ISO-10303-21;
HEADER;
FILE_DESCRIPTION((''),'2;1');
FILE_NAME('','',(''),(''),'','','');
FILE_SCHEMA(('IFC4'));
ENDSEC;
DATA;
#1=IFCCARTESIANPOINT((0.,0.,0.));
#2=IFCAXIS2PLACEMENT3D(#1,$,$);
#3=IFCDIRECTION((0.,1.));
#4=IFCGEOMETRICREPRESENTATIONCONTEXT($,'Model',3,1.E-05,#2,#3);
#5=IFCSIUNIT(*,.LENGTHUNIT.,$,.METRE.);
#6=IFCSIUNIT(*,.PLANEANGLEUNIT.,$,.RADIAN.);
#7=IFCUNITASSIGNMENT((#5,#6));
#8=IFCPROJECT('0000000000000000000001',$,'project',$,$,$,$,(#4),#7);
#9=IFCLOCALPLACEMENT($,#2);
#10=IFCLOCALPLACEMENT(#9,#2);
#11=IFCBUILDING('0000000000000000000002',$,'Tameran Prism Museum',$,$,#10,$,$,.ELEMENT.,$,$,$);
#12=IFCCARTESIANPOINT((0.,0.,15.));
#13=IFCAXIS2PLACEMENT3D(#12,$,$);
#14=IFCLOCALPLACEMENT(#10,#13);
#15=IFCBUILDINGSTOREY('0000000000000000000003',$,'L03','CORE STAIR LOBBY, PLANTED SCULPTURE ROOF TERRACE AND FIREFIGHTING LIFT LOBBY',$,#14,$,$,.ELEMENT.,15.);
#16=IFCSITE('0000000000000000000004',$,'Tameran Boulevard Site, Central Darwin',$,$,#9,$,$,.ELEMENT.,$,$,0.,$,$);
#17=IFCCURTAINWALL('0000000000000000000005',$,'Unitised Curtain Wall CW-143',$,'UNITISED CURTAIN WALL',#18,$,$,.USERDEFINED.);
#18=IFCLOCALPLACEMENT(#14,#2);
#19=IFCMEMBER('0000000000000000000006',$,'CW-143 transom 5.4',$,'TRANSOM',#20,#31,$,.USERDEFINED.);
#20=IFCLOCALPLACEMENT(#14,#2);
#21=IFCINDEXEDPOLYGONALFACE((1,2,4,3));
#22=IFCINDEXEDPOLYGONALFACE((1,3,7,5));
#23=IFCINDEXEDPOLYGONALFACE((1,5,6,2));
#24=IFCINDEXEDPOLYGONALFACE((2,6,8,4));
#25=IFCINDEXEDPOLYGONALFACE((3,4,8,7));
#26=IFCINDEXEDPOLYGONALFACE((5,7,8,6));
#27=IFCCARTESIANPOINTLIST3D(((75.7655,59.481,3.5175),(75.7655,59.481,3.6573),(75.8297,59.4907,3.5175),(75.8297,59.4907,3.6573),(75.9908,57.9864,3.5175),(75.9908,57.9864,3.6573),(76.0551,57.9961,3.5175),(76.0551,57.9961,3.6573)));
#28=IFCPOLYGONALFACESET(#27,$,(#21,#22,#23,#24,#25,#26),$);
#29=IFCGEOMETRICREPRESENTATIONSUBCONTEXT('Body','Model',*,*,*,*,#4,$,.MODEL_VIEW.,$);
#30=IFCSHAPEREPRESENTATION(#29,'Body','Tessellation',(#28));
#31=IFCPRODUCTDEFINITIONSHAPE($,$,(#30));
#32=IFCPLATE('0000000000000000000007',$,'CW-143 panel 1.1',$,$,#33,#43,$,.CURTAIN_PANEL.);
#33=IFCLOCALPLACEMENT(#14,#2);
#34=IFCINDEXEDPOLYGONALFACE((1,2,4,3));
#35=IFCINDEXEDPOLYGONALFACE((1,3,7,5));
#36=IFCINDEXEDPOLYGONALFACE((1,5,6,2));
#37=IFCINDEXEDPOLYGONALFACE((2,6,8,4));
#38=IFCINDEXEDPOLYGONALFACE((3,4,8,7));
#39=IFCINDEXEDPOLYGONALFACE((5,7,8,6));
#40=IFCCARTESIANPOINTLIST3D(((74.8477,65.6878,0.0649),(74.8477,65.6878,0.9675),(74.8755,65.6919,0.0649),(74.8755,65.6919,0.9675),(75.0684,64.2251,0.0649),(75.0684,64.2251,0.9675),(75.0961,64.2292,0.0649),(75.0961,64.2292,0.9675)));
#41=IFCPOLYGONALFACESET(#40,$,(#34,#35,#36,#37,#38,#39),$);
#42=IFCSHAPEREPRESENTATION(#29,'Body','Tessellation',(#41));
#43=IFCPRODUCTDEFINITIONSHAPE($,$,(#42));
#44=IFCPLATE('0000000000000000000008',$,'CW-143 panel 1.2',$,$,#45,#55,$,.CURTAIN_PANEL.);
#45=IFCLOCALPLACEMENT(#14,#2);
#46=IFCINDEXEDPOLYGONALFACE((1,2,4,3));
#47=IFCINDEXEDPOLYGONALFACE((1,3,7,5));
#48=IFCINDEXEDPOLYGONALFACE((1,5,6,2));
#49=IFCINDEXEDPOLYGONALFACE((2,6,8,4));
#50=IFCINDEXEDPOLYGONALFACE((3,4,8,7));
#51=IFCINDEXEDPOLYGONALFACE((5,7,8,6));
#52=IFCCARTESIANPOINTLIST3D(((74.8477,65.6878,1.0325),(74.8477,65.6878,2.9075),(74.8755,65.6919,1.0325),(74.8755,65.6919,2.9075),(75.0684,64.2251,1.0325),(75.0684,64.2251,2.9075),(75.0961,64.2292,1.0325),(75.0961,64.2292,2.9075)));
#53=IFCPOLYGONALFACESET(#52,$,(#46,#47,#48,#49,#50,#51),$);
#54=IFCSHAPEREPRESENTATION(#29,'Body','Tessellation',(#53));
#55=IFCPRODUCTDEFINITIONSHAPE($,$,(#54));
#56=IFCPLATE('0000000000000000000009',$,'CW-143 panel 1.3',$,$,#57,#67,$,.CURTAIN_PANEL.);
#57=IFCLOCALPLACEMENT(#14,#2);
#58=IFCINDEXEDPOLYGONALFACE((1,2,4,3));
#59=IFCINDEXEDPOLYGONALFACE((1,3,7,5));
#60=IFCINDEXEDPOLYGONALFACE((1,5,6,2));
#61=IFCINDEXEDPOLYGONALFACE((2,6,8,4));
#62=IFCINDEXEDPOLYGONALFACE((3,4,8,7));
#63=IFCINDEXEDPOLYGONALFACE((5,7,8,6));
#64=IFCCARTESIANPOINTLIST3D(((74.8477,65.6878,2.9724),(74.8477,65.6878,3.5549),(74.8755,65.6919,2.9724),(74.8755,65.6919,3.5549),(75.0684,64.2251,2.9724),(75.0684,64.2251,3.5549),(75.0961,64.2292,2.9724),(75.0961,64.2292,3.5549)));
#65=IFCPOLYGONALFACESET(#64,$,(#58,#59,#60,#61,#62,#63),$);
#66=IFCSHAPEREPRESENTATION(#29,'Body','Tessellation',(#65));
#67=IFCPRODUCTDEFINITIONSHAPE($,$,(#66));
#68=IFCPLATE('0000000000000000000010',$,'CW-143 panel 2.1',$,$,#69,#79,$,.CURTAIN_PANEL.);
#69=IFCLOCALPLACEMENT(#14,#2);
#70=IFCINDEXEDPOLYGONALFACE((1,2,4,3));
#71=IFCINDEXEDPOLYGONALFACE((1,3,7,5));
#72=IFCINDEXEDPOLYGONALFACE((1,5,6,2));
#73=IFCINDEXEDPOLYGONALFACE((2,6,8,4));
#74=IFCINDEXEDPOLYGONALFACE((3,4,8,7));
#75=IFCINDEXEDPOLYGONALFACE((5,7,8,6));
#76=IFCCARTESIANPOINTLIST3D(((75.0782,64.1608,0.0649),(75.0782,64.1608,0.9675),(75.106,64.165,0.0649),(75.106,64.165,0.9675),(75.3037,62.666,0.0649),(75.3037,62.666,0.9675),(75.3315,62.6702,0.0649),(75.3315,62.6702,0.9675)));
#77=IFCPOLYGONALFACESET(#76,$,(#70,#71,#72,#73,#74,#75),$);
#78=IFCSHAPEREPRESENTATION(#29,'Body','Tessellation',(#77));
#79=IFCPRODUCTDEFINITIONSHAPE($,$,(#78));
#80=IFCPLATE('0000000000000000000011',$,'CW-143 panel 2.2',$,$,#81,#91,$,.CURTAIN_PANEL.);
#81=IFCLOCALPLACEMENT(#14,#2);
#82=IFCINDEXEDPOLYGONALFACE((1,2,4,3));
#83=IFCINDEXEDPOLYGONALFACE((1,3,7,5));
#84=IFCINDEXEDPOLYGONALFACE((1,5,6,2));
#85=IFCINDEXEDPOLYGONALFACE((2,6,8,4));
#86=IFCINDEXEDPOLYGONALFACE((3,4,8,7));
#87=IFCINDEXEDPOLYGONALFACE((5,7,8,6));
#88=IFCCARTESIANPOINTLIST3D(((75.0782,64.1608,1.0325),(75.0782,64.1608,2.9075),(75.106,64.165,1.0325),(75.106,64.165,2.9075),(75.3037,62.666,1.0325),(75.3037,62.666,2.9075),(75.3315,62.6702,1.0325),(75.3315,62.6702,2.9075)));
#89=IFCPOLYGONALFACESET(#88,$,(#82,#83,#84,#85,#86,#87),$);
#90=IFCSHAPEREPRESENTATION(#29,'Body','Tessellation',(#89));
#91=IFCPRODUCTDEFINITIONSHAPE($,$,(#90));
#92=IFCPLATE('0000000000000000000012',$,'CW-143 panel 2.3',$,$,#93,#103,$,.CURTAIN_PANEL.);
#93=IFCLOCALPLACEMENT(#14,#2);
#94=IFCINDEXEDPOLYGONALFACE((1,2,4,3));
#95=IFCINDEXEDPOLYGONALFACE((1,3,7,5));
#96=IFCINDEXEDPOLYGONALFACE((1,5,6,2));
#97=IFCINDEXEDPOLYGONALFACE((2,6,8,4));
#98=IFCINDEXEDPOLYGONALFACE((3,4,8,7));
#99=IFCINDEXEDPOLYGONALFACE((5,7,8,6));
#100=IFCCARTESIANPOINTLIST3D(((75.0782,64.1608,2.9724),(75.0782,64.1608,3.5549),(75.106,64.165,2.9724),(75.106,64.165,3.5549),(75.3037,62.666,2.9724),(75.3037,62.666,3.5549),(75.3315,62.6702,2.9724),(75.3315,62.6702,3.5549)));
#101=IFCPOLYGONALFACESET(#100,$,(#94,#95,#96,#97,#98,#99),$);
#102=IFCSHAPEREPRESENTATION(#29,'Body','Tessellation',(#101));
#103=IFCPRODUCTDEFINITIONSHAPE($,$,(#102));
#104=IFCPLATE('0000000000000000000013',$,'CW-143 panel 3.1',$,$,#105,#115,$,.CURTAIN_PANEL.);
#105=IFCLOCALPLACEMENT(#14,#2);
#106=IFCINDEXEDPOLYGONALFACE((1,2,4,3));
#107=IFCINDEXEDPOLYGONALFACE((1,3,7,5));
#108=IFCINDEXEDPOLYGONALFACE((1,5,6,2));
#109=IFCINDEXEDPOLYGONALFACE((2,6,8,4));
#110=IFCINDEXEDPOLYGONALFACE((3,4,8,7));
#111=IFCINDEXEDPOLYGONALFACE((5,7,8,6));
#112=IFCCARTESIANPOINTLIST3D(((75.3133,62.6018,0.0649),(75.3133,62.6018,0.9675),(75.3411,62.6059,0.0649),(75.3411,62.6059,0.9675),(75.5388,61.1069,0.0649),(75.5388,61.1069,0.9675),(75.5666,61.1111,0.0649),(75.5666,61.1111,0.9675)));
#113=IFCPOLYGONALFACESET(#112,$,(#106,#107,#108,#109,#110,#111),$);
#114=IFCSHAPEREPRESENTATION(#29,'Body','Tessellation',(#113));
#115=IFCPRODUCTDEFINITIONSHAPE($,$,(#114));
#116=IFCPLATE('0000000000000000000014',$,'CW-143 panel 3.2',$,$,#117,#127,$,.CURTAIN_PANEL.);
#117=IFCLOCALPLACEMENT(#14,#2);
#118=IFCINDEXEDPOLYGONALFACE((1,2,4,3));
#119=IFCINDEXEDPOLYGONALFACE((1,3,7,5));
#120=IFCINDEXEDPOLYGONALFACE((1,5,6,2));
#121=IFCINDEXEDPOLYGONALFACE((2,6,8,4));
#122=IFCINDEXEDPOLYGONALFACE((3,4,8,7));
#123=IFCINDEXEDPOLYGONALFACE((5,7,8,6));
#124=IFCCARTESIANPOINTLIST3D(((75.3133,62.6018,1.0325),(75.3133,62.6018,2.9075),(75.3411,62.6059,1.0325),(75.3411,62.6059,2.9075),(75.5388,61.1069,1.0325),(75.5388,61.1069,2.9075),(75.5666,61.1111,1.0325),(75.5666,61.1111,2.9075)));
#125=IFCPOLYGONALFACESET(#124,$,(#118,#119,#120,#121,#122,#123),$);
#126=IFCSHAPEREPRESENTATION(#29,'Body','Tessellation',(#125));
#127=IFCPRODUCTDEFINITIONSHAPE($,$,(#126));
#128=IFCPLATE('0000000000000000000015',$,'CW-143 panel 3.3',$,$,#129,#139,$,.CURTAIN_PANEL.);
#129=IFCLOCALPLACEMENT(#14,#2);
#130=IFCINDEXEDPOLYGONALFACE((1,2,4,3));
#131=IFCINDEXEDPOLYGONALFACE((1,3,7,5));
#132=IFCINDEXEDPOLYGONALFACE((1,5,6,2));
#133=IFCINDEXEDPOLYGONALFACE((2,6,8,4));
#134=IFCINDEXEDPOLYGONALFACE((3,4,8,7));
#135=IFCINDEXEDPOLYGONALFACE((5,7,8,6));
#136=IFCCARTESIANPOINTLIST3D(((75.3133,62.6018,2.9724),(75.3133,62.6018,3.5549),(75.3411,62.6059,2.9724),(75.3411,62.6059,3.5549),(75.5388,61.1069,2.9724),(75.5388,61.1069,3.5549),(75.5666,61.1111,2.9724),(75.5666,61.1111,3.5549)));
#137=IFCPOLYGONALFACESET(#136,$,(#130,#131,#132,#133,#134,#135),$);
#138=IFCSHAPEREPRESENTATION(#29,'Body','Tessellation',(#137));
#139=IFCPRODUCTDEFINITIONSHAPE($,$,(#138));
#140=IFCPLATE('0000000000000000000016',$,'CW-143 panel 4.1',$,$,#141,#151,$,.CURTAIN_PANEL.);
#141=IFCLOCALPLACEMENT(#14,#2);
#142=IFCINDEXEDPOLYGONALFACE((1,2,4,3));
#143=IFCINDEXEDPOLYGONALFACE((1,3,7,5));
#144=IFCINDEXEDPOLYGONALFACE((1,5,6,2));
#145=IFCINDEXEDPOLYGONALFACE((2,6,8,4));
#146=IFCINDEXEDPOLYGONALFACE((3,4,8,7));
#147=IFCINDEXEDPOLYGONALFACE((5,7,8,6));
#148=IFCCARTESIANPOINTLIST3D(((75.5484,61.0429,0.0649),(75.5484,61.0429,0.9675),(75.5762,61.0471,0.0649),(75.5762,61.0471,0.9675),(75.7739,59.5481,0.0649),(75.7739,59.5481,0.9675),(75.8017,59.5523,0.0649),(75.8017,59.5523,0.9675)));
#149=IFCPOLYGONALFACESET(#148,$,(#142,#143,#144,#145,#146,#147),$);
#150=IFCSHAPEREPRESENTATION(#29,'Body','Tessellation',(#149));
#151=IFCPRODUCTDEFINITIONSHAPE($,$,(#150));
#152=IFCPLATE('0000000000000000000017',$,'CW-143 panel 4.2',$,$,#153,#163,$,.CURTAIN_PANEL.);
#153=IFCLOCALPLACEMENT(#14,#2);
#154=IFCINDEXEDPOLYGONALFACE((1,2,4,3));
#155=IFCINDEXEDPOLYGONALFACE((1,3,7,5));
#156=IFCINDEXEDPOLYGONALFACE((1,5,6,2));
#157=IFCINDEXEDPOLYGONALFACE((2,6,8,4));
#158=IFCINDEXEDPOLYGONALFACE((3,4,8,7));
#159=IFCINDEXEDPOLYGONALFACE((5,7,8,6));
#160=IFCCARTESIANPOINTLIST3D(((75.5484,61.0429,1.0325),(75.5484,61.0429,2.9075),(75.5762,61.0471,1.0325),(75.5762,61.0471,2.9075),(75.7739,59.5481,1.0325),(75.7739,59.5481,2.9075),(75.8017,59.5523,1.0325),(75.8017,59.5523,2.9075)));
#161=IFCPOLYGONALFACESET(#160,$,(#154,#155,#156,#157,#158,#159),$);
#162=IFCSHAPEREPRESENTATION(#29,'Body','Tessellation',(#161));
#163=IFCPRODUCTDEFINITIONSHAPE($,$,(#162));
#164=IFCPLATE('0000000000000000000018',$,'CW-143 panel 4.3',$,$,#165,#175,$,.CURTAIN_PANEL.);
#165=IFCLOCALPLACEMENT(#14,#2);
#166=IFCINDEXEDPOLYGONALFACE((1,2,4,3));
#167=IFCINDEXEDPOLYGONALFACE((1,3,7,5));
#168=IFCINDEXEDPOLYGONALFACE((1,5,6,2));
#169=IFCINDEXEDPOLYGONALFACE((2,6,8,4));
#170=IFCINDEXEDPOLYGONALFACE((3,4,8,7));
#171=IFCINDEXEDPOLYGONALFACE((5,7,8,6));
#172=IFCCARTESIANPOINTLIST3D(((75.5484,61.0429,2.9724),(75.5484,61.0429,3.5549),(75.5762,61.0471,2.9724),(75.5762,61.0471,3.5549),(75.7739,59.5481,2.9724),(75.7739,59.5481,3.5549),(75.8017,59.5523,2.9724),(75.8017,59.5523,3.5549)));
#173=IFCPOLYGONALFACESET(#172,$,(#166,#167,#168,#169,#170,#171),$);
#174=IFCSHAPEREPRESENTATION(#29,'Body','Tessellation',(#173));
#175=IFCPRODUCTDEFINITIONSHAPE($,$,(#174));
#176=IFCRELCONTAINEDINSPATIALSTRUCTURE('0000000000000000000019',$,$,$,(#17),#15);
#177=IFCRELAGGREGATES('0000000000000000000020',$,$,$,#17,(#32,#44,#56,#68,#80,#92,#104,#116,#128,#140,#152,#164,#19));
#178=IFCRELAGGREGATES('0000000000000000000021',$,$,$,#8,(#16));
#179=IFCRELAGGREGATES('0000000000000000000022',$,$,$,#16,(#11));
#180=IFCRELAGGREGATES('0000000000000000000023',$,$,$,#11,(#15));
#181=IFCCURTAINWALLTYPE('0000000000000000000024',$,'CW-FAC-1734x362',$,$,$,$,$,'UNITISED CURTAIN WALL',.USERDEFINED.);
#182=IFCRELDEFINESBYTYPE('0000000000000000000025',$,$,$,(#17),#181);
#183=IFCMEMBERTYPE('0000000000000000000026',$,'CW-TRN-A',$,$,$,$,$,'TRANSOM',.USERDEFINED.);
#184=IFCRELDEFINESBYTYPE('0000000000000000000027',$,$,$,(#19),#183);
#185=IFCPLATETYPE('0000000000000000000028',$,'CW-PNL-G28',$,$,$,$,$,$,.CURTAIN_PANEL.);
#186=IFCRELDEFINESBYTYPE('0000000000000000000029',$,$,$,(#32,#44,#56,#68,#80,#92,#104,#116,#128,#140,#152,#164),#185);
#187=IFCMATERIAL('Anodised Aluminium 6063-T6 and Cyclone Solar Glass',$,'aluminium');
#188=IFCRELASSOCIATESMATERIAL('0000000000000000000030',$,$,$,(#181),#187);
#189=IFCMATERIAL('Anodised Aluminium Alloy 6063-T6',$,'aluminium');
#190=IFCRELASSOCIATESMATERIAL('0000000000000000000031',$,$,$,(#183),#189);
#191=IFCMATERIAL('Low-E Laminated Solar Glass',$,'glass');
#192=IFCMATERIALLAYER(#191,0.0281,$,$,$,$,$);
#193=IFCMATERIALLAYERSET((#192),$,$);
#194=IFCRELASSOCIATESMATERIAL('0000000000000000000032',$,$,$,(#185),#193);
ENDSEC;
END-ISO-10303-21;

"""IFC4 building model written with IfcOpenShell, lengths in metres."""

from ifc_helpers import new_model, si_unit, direction, frame, origin, origin_2d, place, context, subcontext, project, spatial, rectangle, extrude, material, layer, layer_set, material_profile, profile_set, type_object, element, aggregate, save


model = new_model("IFC4")

# Units and contexts
model_context = context("Model", 3, precision=1e-05, world=origin(), true_north=direction((0.0, 1.0)))
body_context = subcontext(model_context, "Body", "Model", "MODEL_VIEW")
ifc_project = project(units=[si_unit("LENGTHUNIT", "METRE"), si_unit("PLANEANGLEUNIT", "RADIAN")], contexts=[model_context])

# Site, building, storey
site_placement = place(None, origin())
site = spatial("IfcSite", under=ifc_project, at=site_placement, Name="Tameran Boulevard Site, Central Darwin", CompositionType="ELEMENT", RefElevation=0.0)
building_placement = place(site_placement, origin())
building = spatial("IfcBuilding", under=site, at=building_placement, Name="Tameran Prism Museum", CompositionType="ELEMENT")
storey_placement = place(building_placement, frame((0.0, 0.0, 15.0)))
storey = spatial("IfcBuildingStorey", under=building, at=storey_placement, Name="L03", Description="CORE STAIR LOBBY, PLANTED SCULPTURE ROOF TERRACE AND FIREFIGHTING LIFT LOBBY", CompositionType="ELEMENT", Elevation=15.0)

# Curtain wall, member, plates
ifc_material_1 = material(Name="Anodised Aluminium 6063-T6 and Cyclone Solar Glass", Category="aluminium")
curtain_wall_type = type_object("IfcCurtainWallType", Name="CW-FAC-1734x362", ElementType="UNITISED CURTAIN WALL", PredefinedType="USERDEFINED", material=ifc_material_1)
curtain_wall_placement = place(storey_placement, origin())
curtain_wall = element("IfcCurtainWall", 1, at=curtain_wall_placement, inside=storey, type_object=curtain_wall_type, Name="Unitised Curtain Wall CW-143", ObjectType="UNITISED CURTAIN WALL", PredefinedType="USERDEFINED")
ifc_material_2 = material(Name="Anodised Aluminium Alloy 6063-T6", Category="aluminium")
ifc_material_profile_1 = material_profile(ifc_material_2, rectangle(XDim=0.0649, YDim=0.1399, at=origin_2d()))
ifc_profile_set_1 = profile_set([ifc_material_profile_1])
member_type_1 = type_object("IfcMemberType", Name="CW-TRN-A", ElementType="TRANSOM", PredefinedType="USERDEFINED", material=ifc_profile_set_1)
member_1_placement = place(storey_placement, frame((75.7976, 59.4858, 3.5874), z_axis=(0.149083, -0.988825, 0.0), x_axis=(0.988825, 0.149083, 0.0)))
member_1 = element("IfcMember", 2, at=member_1_placement, type_object=member_type_1, Name="CW-143 transom 5.4", ObjectType="TRANSOM", PredefinedType="USERDEFINED", context=body_context, shape_type="SweptSolid", body=[
    extrude(rectangle(XDim=0.0649, YDim=0.1399, at=origin_2d()), origin(), (0.0, 0.0, 1.0), 1.5115),
])
ifc_material_3 = material(Name="Low-E Laminated Solar Glass", Category="glass")
ifc_layer_1 = layer(ifc_material_3, 0.0281)
ifc_layer_set_1 = layer_set([ifc_layer_1])
plate_type = type_object("IfcPlateType", Name="CW-PNL-G28", PredefinedType="CURTAIN_PANEL", material=ifc_layer_set_1)
plate_1_placement = place(storey_placement, frame((74.9719, 64.9585, 0.0649), z_axis=(0.0, 0.0, 1.0), x_axis=(0.149167, -0.988812, 0.0)))
plate_1 = element("IfcPlate", 3, at=plate_1_placement, type_object=plate_type, Name="CW-143 panel 1.1", PredefinedType="CURTAIN_PANEL", context=body_context, shape_type="SweptSolid", body=[
    extrude(rectangle(XDim=1.4792, YDim=0.0281, at=origin_2d()), origin(), (0.0, 0.0, 1.0), 0.9026),
])
plate_2_placement = place(storey_placement, frame((74.9719, 64.9585, 1.0325), z_axis=(0.0, 0.0, 1.0), x_axis=(0.149167, -0.988812, 0.0)))
plate_2 = element("IfcPlate", 4, at=plate_2_placement, type_object=plate_type, Name="CW-143 panel 1.2", PredefinedType="CURTAIN_PANEL", context=body_context, shape_type="SweptSolid", body=[
    extrude(rectangle(XDim=1.4792, YDim=0.0281, at=origin_2d()), origin(), (0.0, 0.0, 1.0), 1.875),
])
plate_3_placement = place(storey_placement, frame((74.9719, 64.9585, 2.9724), z_axis=(0.0, 0.0, 1.0), x_axis=(0.149167, -0.988812, 0.0)))
plate_3 = element("IfcPlate", 5, at=plate_3_placement, type_object=plate_type, Name="CW-143 panel 1.3", PredefinedType="CURTAIN_PANEL", context=body_context, shape_type="SweptSolid", body=[
    extrude(rectangle(XDim=1.4792, YDim=0.0281, at=origin_2d()), origin(), (0.0, 0.0, 1.0), 0.5825),
])
plate_4_placement = place(storey_placement, frame((75.2048, 63.4155, 0.0649), z_axis=(0.0, 0.0, 1.0), x_axis=(0.149167, -0.988812, 0.0)))
plate_4 = element("IfcPlate", 6, at=plate_4_placement, type_object=plate_type, Name="CW-143 panel 2.1", PredefinedType="CURTAIN_PANEL", context=body_context, shape_type="SweptSolid", body=[
    extrude(rectangle(XDim=1.5117, YDim=0.0281, at=origin_2d()), origin(), (0.0, 0.0, 1.0), 0.9026),
])
plate_5_placement = place(storey_placement, frame((75.2048, 63.4155, 1.0325), z_axis=(0.0, 0.0, 1.0), x_axis=(0.149167, -0.988812, 0.0)))
plate_5 = element("IfcPlate", 7, at=plate_5_placement, type_object=plate_type, Name="CW-143 panel 2.2", PredefinedType="CURTAIN_PANEL", context=body_context, shape_type="SweptSolid", body=[
    extrude(rectangle(XDim=1.5117, YDim=0.0281, at=origin_2d()), origin(), (0.0, 0.0, 1.0), 1.875),
])
plate_6_placement = place(storey_placement, frame((75.2048, 63.4155, 2.9724), z_axis=(0.0, 0.0, 1.0), x_axis=(0.149167, -0.988812, 0.0)))
plate_6 = element("IfcPlate", 8, at=plate_6_placement, type_object=plate_type, Name="CW-143 panel 2.3", PredefinedType="CURTAIN_PANEL", context=body_context, shape_type="SweptSolid", body=[
    extrude(rectangle(XDim=1.5117, YDim=0.0281, at=origin_2d()), origin(), (0.0, 0.0, 1.0), 0.5825),
])
plate_7_placement = place(storey_placement, frame((75.4399, 61.8564, 0.0649), z_axis=(0.0, 0.0, 1.0), x_axis=(0.149167, -0.988812, 0.0)))
plate_7 = element("IfcPlate", 9, at=plate_7_placement, type_object=plate_type, Name="CW-143 panel 3.1", PredefinedType="CURTAIN_PANEL", context=body_context, shape_type="SweptSolid", body=[
    extrude(rectangle(XDim=1.5117, YDim=0.0281, at=origin_2d()), origin(), (0.0, 0.0, 1.0), 0.9026),
])
plate_8_placement = place(storey_placement, frame((75.4399, 61.8564, 1.0325), z_axis=(0.0, 0.0, 1.0), x_axis=(0.149167, -0.988812, 0.0)))
plate_8 = element("IfcPlate", 10, at=plate_8_placement, type_object=plate_type, Name="CW-143 panel 3.2", PredefinedType="CURTAIN_PANEL", context=body_context, shape_type="SweptSolid", body=[
    extrude(rectangle(XDim=1.5117, YDim=0.0281, at=origin_2d()), origin(), (0.0, 0.0, 1.0), 1.875),
])
plate_9_placement = place(storey_placement, frame((75.4399, 61.8564, 2.9724), z_axis=(0.0, 0.0, 1.0), x_axis=(0.149167, -0.988812, 0.0)))
plate_9 = element("IfcPlate", 11, at=plate_9_placement, type_object=plate_type, Name="CW-143 panel 3.3", PredefinedType="CURTAIN_PANEL", context=body_context, shape_type="SweptSolid", body=[
    extrude(rectangle(XDim=1.5117, YDim=0.0281, at=origin_2d()), origin(), (0.0, 0.0, 1.0), 0.5825),
])
plate_10_placement = place(storey_placement, frame((75.675, 60.2976, 0.0649), z_axis=(0.0, 0.0, 1.0), x_axis=(0.149167, -0.988812, 0.0)))
plate_10 = element("IfcPlate", 12, at=plate_10_placement, type_object=plate_type, Name="CW-143 panel 4.1", PredefinedType="CURTAIN_PANEL", context=body_context, shape_type="SweptSolid", body=[
    extrude(rectangle(XDim=1.5117, YDim=0.0281, at=origin_2d()), origin(), (0.0, 0.0, 1.0), 0.9026),
])
plate_11_placement = place(storey_placement, frame((75.675, 60.2976, 1.0325), z_axis=(0.0, 0.0, 1.0), x_axis=(0.149167, -0.988812, 0.0)))
plate_11 = element("IfcPlate", 13, at=plate_11_placement, type_object=plate_type, Name="CW-143 panel 4.2", PredefinedType="CURTAIN_PANEL", context=body_context, shape_type="SweptSolid", body=[
    extrude(rectangle(XDim=1.5117, YDim=0.0281, at=origin_2d()), origin(), (0.0, 0.0, 1.0), 1.875),
])
plate_12_placement = place(storey_placement, frame((75.675, 60.2976, 2.9724), z_axis=(0.0, 0.0, 1.0), x_axis=(0.149167, -0.988812, 0.0)))
plate_12 = element("IfcPlate", 14, at=plate_12_placement, type_object=plate_type, Name="CW-143 panel 4.3", PredefinedType="CURTAIN_PANEL", context=body_context, shape_type="SweptSolid", body=[
    extrude(rectangle(XDim=1.5117, YDim=0.0281, at=origin_2d()), origin(), (0.0, 0.0, 1.0), 0.5825),
])
aggregate(curtain_wall, [plate_1, plate_2, plate_3, plate_4, plate_5, plate_6, plate_7, plate_8, plate_9, plate_10, plate_11, plate_12, member_1])

save(model, "model.ifc")
